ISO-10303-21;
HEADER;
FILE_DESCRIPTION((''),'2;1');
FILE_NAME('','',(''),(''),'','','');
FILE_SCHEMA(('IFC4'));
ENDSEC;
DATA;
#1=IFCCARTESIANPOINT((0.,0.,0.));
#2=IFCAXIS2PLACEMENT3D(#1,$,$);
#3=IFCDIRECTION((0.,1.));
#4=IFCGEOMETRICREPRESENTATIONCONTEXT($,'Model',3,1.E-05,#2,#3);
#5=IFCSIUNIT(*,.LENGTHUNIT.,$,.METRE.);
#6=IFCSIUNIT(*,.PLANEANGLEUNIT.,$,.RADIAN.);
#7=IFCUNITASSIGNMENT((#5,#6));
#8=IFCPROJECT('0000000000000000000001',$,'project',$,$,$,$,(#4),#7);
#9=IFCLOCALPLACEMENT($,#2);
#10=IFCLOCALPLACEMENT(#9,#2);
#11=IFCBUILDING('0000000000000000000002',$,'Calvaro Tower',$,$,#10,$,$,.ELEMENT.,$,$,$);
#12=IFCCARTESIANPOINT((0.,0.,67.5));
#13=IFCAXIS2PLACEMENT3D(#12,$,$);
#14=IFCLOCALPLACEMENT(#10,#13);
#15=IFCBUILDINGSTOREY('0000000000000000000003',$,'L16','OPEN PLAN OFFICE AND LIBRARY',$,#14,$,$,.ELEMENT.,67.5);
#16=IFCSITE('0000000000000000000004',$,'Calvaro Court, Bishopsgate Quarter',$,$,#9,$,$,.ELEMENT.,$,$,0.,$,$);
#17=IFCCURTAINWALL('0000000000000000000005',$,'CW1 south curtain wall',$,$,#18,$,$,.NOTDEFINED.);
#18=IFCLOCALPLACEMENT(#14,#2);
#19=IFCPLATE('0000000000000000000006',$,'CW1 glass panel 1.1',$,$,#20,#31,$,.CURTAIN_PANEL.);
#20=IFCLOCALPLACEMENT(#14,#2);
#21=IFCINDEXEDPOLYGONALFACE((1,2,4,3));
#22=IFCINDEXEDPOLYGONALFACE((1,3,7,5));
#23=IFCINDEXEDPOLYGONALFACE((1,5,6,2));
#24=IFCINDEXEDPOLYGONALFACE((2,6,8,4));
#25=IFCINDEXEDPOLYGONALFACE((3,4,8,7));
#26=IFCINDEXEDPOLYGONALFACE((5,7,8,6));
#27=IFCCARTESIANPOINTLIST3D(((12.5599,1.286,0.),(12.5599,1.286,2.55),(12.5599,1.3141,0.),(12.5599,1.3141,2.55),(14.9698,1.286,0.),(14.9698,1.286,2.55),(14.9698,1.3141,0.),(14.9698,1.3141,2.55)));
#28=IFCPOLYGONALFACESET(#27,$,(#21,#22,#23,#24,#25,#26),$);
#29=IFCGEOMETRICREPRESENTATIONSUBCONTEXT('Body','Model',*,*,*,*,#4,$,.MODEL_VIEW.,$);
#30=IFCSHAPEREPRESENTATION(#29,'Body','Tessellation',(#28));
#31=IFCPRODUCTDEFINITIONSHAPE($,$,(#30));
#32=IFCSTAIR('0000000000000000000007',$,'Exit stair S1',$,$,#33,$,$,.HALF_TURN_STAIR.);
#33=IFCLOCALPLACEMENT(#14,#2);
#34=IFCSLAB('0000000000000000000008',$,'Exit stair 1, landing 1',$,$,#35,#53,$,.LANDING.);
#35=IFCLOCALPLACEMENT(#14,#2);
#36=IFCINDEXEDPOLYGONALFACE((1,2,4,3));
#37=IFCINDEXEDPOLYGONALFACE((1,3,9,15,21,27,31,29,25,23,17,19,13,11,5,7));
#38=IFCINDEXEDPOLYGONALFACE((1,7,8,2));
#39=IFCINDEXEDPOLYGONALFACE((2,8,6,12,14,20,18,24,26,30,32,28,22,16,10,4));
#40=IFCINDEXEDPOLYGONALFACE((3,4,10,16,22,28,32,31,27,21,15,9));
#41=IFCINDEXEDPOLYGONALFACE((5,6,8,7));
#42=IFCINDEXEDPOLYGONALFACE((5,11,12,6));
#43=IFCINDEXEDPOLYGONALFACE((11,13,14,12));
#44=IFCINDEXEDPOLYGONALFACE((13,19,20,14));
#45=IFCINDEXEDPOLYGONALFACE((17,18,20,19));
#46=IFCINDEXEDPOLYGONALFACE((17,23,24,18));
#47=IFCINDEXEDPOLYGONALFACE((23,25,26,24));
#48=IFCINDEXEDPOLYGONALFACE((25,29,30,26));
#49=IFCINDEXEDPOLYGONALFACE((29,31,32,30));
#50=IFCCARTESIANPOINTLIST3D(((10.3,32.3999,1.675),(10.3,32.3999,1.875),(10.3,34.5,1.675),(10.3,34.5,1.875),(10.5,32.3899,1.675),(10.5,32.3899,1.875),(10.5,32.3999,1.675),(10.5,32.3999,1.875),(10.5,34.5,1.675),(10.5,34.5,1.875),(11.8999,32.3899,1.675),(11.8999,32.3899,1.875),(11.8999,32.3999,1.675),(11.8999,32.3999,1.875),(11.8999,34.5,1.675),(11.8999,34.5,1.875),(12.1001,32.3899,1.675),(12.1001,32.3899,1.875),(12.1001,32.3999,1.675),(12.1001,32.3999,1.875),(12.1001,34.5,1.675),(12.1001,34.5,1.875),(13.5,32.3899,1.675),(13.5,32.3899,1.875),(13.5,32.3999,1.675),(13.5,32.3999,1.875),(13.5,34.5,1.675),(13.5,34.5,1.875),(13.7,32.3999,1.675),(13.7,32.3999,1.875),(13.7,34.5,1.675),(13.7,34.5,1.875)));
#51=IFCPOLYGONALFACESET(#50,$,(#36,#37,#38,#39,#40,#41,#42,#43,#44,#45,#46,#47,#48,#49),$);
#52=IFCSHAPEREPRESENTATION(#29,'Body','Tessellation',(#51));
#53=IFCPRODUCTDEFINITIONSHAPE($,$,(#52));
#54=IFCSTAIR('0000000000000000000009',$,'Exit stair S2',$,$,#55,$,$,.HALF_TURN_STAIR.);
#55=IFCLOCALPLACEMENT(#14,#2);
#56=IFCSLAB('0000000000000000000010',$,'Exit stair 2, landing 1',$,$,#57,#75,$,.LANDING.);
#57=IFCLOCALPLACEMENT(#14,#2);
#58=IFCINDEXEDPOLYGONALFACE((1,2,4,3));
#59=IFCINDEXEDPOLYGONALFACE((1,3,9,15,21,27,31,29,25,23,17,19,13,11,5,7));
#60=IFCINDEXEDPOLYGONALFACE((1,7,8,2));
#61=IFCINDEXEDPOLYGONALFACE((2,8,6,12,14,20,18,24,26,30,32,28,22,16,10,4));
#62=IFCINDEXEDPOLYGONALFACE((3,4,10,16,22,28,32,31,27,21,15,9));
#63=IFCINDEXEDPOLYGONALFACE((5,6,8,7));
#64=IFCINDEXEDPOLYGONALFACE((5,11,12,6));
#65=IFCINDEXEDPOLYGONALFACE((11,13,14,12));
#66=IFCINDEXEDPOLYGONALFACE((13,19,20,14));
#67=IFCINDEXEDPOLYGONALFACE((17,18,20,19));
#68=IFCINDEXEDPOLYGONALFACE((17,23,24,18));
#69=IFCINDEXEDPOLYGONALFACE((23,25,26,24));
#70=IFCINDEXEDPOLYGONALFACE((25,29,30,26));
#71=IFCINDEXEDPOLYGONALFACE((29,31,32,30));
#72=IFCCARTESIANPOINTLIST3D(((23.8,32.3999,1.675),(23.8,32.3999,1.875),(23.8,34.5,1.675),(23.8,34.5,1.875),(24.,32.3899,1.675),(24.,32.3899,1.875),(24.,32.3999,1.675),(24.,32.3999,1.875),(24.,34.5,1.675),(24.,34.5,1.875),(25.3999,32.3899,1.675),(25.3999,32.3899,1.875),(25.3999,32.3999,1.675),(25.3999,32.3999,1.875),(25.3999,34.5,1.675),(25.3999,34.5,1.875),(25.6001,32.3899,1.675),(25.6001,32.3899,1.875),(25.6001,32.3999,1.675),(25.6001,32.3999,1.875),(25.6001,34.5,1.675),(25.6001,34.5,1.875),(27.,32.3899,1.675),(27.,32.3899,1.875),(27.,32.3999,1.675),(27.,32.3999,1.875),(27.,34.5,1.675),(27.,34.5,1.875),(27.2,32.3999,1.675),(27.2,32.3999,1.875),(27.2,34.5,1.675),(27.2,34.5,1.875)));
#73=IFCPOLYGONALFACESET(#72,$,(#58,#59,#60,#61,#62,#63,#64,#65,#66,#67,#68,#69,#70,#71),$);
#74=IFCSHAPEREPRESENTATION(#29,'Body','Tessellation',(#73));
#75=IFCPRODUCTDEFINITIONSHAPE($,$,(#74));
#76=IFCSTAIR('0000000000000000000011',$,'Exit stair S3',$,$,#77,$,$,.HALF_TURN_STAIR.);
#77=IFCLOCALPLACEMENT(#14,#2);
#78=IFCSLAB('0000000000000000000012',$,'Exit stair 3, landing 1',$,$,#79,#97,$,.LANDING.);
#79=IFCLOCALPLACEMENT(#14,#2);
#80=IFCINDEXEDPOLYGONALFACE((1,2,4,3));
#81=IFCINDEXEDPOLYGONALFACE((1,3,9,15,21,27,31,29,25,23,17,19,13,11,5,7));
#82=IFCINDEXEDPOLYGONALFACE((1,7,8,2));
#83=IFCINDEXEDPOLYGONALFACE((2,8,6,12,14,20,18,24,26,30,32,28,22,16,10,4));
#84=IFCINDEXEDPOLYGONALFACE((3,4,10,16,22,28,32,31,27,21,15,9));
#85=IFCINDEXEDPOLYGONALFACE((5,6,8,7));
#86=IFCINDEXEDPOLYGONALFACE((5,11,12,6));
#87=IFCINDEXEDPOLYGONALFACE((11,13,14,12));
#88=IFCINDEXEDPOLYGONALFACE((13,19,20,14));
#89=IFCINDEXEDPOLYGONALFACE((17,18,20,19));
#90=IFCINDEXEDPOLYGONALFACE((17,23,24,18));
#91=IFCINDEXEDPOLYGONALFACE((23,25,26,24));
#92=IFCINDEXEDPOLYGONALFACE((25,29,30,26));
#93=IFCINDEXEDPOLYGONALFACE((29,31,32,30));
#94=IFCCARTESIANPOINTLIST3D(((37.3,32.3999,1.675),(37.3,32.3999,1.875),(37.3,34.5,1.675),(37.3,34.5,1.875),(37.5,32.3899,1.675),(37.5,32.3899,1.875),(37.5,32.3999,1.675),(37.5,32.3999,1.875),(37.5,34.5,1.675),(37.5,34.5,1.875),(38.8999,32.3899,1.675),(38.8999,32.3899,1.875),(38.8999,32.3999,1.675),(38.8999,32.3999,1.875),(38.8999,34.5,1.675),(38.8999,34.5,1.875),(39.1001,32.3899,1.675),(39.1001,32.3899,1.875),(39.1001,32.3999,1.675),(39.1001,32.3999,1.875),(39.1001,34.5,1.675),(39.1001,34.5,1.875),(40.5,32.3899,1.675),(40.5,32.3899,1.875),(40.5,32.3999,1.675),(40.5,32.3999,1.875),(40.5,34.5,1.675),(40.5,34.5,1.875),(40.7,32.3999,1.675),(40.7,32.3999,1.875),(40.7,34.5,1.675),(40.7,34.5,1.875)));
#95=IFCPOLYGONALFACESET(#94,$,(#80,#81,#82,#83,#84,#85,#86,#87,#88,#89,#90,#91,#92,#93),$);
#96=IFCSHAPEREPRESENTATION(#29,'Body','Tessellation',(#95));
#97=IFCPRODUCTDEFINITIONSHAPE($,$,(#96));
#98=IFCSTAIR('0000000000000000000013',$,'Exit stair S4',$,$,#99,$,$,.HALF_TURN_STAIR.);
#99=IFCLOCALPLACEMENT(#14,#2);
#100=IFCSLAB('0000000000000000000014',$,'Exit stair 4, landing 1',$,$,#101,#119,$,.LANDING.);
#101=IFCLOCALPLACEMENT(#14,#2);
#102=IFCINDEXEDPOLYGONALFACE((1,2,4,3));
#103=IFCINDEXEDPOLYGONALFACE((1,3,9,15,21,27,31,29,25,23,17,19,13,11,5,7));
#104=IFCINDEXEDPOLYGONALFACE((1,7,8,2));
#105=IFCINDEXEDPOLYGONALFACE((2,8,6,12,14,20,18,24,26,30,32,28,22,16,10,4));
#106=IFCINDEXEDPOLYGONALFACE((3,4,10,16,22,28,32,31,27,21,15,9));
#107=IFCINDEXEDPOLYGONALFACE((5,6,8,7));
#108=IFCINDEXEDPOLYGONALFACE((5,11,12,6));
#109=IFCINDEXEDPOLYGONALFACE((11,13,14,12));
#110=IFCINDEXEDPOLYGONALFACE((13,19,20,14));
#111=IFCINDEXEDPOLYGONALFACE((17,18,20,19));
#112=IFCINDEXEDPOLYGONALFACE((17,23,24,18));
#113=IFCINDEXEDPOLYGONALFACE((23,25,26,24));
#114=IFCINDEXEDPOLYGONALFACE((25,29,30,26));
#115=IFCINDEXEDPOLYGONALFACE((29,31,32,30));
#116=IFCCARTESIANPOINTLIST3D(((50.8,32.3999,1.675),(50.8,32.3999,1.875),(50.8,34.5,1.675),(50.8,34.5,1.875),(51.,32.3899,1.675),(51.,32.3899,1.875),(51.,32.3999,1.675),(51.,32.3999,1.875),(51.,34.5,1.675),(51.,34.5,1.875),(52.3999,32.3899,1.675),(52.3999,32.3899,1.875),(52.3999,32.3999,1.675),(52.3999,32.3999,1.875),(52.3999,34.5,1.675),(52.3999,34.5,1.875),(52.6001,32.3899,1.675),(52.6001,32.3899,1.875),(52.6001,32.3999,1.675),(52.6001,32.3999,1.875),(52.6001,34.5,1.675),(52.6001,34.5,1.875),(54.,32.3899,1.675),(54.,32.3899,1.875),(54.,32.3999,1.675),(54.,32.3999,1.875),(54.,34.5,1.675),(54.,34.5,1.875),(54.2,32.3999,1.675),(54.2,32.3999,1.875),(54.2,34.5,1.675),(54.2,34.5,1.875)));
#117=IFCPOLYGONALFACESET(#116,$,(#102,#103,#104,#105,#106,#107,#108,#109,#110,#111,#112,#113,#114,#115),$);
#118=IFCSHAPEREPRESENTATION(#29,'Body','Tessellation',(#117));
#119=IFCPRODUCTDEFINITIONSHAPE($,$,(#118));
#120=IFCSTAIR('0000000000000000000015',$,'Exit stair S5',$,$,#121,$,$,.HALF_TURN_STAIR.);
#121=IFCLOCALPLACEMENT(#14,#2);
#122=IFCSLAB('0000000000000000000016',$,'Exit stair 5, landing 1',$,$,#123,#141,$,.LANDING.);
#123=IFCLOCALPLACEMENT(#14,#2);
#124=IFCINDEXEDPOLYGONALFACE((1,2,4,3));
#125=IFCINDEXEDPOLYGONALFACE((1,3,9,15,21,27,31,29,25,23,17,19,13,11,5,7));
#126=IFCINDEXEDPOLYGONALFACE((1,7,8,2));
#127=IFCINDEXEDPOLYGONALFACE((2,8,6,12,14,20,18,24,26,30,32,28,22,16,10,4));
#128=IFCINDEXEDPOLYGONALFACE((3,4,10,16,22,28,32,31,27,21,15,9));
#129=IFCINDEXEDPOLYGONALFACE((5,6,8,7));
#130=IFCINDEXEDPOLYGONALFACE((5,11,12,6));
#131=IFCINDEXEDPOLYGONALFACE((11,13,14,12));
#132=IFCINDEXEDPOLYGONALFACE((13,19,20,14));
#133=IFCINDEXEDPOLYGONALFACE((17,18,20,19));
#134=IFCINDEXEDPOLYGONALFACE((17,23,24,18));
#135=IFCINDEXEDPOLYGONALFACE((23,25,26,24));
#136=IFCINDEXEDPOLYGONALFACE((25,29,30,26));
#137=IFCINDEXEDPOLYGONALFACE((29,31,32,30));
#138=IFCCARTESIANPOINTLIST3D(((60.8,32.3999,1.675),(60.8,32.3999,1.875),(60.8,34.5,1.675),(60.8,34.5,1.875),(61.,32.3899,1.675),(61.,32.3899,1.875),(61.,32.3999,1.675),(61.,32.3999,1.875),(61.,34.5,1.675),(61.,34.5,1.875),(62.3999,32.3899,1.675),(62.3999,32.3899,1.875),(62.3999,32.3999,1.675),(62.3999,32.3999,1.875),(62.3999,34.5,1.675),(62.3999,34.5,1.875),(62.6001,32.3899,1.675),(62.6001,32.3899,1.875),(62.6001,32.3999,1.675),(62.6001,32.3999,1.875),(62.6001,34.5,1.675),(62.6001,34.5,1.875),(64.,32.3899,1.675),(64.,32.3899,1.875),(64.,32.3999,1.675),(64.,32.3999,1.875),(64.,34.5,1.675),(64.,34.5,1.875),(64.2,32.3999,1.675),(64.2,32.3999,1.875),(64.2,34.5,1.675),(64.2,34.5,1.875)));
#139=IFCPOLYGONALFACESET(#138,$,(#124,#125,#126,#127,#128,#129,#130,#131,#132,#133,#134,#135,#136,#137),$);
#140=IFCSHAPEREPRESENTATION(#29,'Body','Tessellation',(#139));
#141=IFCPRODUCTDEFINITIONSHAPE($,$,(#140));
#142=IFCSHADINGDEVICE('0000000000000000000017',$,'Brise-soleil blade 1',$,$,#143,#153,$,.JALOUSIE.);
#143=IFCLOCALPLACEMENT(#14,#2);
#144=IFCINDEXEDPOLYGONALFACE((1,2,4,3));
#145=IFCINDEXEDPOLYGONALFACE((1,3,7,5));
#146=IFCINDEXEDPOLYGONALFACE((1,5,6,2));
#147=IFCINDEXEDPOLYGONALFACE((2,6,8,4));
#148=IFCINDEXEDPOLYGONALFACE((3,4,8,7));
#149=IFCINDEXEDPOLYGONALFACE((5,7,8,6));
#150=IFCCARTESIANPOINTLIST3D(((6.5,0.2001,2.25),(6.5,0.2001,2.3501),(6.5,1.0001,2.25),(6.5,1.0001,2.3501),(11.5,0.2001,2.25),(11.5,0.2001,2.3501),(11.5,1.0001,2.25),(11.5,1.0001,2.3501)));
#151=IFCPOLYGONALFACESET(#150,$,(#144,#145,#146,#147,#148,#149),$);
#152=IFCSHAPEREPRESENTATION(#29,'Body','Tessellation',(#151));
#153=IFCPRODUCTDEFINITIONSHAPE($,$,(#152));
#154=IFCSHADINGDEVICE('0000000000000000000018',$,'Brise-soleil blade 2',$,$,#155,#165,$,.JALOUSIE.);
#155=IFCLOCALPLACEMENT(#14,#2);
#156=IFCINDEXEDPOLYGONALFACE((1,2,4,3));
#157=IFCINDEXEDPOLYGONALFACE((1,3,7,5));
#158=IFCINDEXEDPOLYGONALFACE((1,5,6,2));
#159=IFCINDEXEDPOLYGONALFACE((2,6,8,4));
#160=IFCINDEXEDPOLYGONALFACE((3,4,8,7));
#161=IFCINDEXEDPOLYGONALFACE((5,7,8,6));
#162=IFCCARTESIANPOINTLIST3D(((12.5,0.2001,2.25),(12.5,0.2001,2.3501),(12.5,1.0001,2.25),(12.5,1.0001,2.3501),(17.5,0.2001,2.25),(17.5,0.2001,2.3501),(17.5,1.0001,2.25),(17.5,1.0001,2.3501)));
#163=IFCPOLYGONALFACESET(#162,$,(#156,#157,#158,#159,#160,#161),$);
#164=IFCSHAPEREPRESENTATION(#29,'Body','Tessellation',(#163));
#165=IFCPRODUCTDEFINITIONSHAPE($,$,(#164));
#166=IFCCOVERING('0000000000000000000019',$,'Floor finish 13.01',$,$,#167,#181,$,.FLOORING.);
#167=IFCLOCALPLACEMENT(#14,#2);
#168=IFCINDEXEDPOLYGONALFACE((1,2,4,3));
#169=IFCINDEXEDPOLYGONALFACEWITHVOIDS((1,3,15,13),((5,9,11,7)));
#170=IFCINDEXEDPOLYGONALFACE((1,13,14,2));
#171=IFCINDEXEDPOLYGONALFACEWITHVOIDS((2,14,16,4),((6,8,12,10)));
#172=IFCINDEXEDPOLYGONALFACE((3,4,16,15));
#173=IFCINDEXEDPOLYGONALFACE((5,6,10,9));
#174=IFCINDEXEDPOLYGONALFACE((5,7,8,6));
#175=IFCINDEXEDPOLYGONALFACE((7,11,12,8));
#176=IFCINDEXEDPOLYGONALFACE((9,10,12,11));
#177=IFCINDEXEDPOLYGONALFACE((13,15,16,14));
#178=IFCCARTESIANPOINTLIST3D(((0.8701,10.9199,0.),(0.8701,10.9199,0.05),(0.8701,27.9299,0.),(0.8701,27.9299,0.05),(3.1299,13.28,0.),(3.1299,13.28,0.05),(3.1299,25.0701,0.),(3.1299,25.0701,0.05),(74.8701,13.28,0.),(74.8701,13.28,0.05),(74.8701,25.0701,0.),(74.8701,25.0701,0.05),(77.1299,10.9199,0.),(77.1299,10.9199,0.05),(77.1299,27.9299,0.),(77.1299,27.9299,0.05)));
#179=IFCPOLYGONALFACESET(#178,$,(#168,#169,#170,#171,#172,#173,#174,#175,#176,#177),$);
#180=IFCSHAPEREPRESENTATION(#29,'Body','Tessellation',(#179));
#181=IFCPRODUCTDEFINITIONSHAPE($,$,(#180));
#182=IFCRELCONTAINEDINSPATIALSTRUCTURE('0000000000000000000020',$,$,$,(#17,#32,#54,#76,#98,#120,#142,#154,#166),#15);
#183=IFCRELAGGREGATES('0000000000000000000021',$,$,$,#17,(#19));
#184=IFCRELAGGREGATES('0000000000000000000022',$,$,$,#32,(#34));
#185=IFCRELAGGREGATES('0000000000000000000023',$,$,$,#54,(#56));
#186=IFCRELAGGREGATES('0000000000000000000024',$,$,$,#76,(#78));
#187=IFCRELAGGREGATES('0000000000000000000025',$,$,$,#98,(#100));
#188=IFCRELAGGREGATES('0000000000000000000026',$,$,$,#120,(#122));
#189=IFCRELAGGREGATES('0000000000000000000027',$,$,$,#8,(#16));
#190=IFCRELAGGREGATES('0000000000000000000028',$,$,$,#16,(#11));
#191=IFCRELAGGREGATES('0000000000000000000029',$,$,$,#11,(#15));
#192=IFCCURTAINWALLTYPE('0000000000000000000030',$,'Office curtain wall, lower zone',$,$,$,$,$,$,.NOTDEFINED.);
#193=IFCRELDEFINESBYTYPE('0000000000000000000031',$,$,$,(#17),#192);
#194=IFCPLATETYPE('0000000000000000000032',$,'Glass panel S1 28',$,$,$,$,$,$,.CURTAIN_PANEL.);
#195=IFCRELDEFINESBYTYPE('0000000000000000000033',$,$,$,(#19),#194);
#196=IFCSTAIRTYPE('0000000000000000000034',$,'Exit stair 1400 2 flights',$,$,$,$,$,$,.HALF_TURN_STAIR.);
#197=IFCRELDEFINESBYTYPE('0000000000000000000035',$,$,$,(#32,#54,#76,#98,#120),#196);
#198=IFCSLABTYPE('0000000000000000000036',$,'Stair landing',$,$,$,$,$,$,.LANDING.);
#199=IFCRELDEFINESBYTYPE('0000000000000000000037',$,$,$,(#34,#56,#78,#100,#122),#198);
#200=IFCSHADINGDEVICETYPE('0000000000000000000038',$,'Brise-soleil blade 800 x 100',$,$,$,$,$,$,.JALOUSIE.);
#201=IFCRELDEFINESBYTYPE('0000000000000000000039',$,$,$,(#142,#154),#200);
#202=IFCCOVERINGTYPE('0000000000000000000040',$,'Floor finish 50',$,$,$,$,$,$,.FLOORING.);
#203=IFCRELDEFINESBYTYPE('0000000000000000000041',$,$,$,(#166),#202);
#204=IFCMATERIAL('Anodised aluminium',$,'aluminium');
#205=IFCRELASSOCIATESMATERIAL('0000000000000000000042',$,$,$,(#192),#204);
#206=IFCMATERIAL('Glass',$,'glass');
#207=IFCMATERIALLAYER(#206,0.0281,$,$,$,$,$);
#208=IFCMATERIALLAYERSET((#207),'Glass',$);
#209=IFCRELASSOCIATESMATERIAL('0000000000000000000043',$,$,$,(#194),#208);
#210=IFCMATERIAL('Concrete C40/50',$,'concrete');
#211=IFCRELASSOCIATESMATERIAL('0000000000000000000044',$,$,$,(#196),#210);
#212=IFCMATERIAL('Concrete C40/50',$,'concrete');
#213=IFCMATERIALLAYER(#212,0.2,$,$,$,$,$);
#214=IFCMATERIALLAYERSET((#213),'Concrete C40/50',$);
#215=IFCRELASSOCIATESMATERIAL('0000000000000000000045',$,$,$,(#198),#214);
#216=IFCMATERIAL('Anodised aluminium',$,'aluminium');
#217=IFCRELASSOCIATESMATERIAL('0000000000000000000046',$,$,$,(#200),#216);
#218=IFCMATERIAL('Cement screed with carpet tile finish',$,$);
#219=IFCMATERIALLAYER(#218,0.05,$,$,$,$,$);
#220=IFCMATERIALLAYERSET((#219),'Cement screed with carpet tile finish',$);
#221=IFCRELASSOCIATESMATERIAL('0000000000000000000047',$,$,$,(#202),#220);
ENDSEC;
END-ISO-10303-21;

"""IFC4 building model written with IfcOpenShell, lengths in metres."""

from ifc_helpers import new_model, si_unit, direction, frame, origin, origin_2d, place, context, subcontext, project, spatial, polyline, rectangle, outline, extrude, material, layer, layer_set, material_profile, profile_set, type_object, element, aggregate, save


model = new_model("IFC4")

# Units and contexts
model_context = context("Model", 3, precision=1e-05, world=origin(), true_north=direction((0.0, 1.0)))
body_context = subcontext(model_context, "Body", "Model", "MODEL_VIEW")
ifc_project = project(units=[si_unit("LENGTHUNIT", "METRE"), si_unit("PLANEANGLEUNIT", "RADIAN")], contexts=[model_context])

# Site, building, storey
site_placement = place(None, origin())
site = spatial("IfcSite", under=ifc_project, at=site_placement, Name="Calvaro Court, Bishopsgate Quarter", CompositionType="ELEMENT", RefElevation=0.0)
building_placement = place(site_placement, origin())
building = spatial("IfcBuilding", under=site, at=building_placement, Name="Calvaro Tower", CompositionType="ELEMENT")
storey_placement = place(building_placement, frame((0.0, 0.0, 67.5)))
storey = spatial("IfcBuildingStorey", under=building, at=storey_placement, Name="L16", Description="OPEN PLAN OFFICE AND LIBRARY", CompositionType="ELEMENT", Elevation=67.5)

# Shared definitions
ifc_material_1 = material(Name="Anodised aluminium", Category="aluminium")
curtain_wall_type = type_object("IfcCurtainWallType", Name="Office curtain wall, lower zone", PredefinedType="NOTDEFINED", material=ifc_material_1)

# Curtain wall
curtain_wall_1_placement = place(storey_placement, origin())
curtain_wall_1 = element("IfcCurtainWall", 1, at=curtain_wall_1_placement, inside=storey, type_object=curtain_wall_type, Name="CW1 south curtain wall", PredefinedType="NOTDEFINED")

# Plate
ifc_material_2 = material(Name="Glass", Category="glass")
ifc_layer_1 = layer(ifc_material_2, 0.0281)
ifc_layer_set_1 = layer_set([ifc_layer_1], Name="Glass")
plate_type = type_object("IfcPlateType", Name="Glass panel S1 28", PredefinedType="CURTAIN_PANEL", material=ifc_layer_set_1)
plate_1_placement = place(storey_placement, frame((13.7649, 1.3, 0.0), z_axis=(0.0, 0.0, 1.0), x_axis=(1.0, 0.0, 0.0)))
plate_1 = element("IfcPlate", 2, at=plate_1_placement, type_object=plate_type, Name="CW1 glass panel 1.1", PredefinedType="CURTAIN_PANEL", context=body_context, shape_type="SweptSolid", body=[
    extrude(rectangle(XDim=2.4099, YDim=0.0281, at=origin_2d()), origin(), (0.0, 0.0, 1.0), 2.55),
])
aggregate(curtain_wall_1, [plate_1])

# Stairs, slabs
ifc_material_3 = material(Name="Concrete C40/50", Category="concrete")
stair_type = type_object("IfcStairType", Name="Exit stair 1400 2 flights", PredefinedType="HALF_TURN_STAIR", material=ifc_material_3)
stair_1_placement = place(storey_placement, origin())
stair_1 = element("IfcStair", 3, at=stair_1_placement, inside=storey, type_object=stair_type, Name="Exit stair S1", PredefinedType="HALF_TURN_STAIR")
ifc_material_4 = material(Name="Concrete C40/50", Category="concrete")
ifc_layer_2 = layer(ifc_material_4, 0.2)
ifc_layer_set_2 = layer_set([ifc_layer_2], Name="Concrete C40/50")
slab_type_1 = type_object("IfcSlabType", Name="Stair landing", PredefinedType="LANDING", material=ifc_layer_set_2)
slab_1_placement = place(storey_placement, frame((0.0, 0.0, 1.675)))
slab_1 = element("IfcSlab", 4, at=slab_1_placement, type_object=slab_type_1, Name="Exit stair 1, landing 1", PredefinedType="LANDING", context=body_context, shape_type="SweptSolid", body=[
    extrude(outline(polyline([(11.8999, 32.3899), (10.5, 32.3899), (10.5, 32.3999), (10.3, 32.3999), (10.3, 34.5), (10.5, 34.5), (11.8999, 34.5), (12.1001, 34.5), (13.5, 34.5), (13.7, 34.5), (13.7, 32.3999), (13.5, 32.3999), (13.5, 32.3899), (12.1001, 32.3899), (12.1001, 32.3999), (11.8999, 32.3999), (11.8999, 32.3899)])), origin(), (0.0, 0.0, 1.0), 0.2),
])
aggregate(stair_1, [slab_1])
stair_2_placement = place(storey_placement, origin())
stair_2 = element("IfcStair", 5, at=stair_2_placement, inside=storey, type_object=stair_type, Name="Exit stair S2", PredefinedType="HALF_TURN_STAIR")
slab_2_placement = place(storey_placement, frame((0.0, 0.0, 1.675)))
slab_2 = element("IfcSlab", 6, at=slab_2_placement, type_object=slab_type_1, Name="Exit stair 2, landing 1", PredefinedType="LANDING", context=body_context, shape_type="SweptSolid", body=[
    extrude(outline(polyline([(25.3999, 32.3899), (24.0, 32.3899), (24.0, 32.3999), (23.8, 32.3999), (23.8, 34.5), (24.0, 34.5), (25.3999, 34.5), (25.6001, 34.5), (27.0, 34.5), (27.2, 34.5), (27.2, 32.3999), (27.0, 32.3999), (27.0, 32.3899), (25.6001, 32.3899), (25.6001, 32.3999), (25.3999, 32.3999), (25.3999, 32.3899)])), origin(), (0.0, 0.0, 1.0), 0.2),
])
aggregate(stair_2, [slab_2])
stair_3_placement = place(storey_placement, origin())
stair_3 = element("IfcStair", 7, at=stair_3_placement, inside=storey, type_object=stair_type, Name="Exit stair S3", PredefinedType="HALF_TURN_STAIR")
slab_3_placement = place(storey_placement, frame((0.0, 0.0, 1.675)))
slab_3 = element("IfcSlab", 8, at=slab_3_placement, type_object=slab_type_1, Name="Exit stair 3, landing 1", PredefinedType="LANDING", context=body_context, shape_type="SweptSolid", body=[
    extrude(outline(polyline([(38.8999, 32.3899), (37.5, 32.3899), (37.5, 32.3999), (37.3, 32.3999), (37.3, 34.5), (37.5, 34.5), (38.8999, 34.5), (39.1001, 34.5), (40.5, 34.5), (40.7, 34.5), (40.7, 32.3999), (40.5, 32.3999), (40.5, 32.3899), (39.1001, 32.3899), (39.1001, 32.3999), (38.8999, 32.3999), (38.8999, 32.3899)])), origin(), (0.0, 0.0, 1.0), 0.2),
])
aggregate(stair_3, [slab_3])
stair_4_placement = place(storey_placement, origin())
stair_4 = element("IfcStair", 9, at=stair_4_placement, inside=storey, type_object=stair_type, Name="Exit stair S4", PredefinedType="HALF_TURN_STAIR")
slab_4_placement = place(storey_placement, frame((0.0, 0.0, 1.675)))
slab_4 = element("IfcSlab", 10, at=slab_4_placement, type_object=slab_type_1, Name="Exit stair 4, landing 1", PredefinedType="LANDING", context=body_context, shape_type="SweptSolid", body=[
    extrude(outline(polyline([(52.3999, 32.3899), (51.0, 32.3899), (51.0, 32.3999), (50.8, 32.3999), (50.8, 34.5), (51.0, 34.5), (52.3999, 34.5), (52.6001, 34.5), (54.0, 34.5), (54.2, 34.5), (54.2, 32.3999), (54.0, 32.3999), (54.0, 32.3899), (52.6001, 32.3899), (52.6001, 32.3999), (52.3999, 32.3999), (52.3999, 32.3899)])), origin(), (0.0, 0.0, 1.0), 0.2),
])
aggregate(stair_4, [slab_4])
stair_5_placement = place(storey_placement, origin())
stair_5 = element("IfcStair", 11, at=stair_5_placement, inside=storey, type_object=stair_type, Name="Exit stair S5", PredefinedType="HALF_TURN_STAIR")
slab_5_placement = place(storey_placement, frame((0.0, 0.0, 1.675)))
slab_5 = element("IfcSlab", 12, at=slab_5_placement, type_object=slab_type_1, Name="Exit stair 5, landing 1", PredefinedType="LANDING", context=body_context, shape_type="SweptSolid", body=[
    extrude(outline(polyline([(62.3999, 32.3899), (61.0, 32.3899), (61.0, 32.3999), (60.8, 32.3999), (60.8, 34.5), (61.0, 34.5), (62.3999, 34.5), (62.6001, 34.5), (64.0, 34.5), (64.2, 34.5), (64.2, 32.3999), (64.0, 32.3999), (64.0, 32.3899), (62.6001, 32.3899), (62.6001, 32.3999), (62.3999, 32.3999), (62.3999, 32.3899)])), origin(), (0.0, 0.0, 1.0), 0.2),
])
aggregate(stair_5, [slab_5])

# Shading devices
ifc_material_5 = material(Name="Anodised aluminium", Category="aluminium")
ifc_material_profile_1 = material_profile(ifc_material_5, rectangle(XDim=0.8, YDim=0.1001, at=origin_2d()), Name="Brise-soleil blade 800 x 100")
ifc_profile_set_1 = profile_set([ifc_material_profile_1], Name="Anodised aluminium")
shading_device_type = type_object("IfcShadingDeviceType", Name="Brise-soleil blade 800 x 100", PredefinedType="JALOUSIE", material=ifc_profile_set_1)
for number, where, z_axis, x_axis, name in (
    (13, (6.5, 0.6001, 2.3), (1.0, 0.0, 0.0), (0.0, 1.0, 0.0), "Brise-soleil blade 1"),
    (14, (12.5, 0.6001, 2.3), (1.0, 0.0, 0.0), (0.0, 1.0, 0.0), "Brise-soleil blade 2"),
):
    element("IfcShadingDevice", number, at=place(storey_placement, frame(where, z_axis=z_axis, x_axis=x_axis)), inside=storey, type_object=shading_device_type, Name=name, PredefinedType="JALOUSIE", context=body_context, shape_type="SweptSolid", body=[
        extrude(rectangle(XDim=0.8, YDim=0.1001, at=origin_2d()), origin(), (0.0, 0.0, 1.0), 5.0),
    ])

# Covering
ifc_material_6 = material(Name="Cement screed with carpet tile finish")
ifc_layer_3 = layer(ifc_material_6, 0.05)
ifc_layer_set_3 = layer_set([ifc_layer_3], Name="Cement screed with carpet tile finish")
covering_type = type_object("IfcCoveringType", Name="Floor finish 50", PredefinedType="FLOORING", material=ifc_layer_set_3)
covering_1_placement = place(storey_placement, origin())
element("IfcCovering", 15, at=covering_1_placement, inside=storey, type_object=covering_type, Name="Floor finish 13.01", PredefinedType="FLOORING", context=body_context, shape_type="SweptSolid", body=[
    extrude(outline(polyline([(0.8701, 10.9199), (0.8701, 27.9299), (77.1299, 27.9299), (77.1299, 10.9199), (0.8701, 10.9199)]), holes=[polyline([(74.8701, 13.28), (74.8701, 25.0701), (3.1299, 25.0701), (3.1299, 13.28), (74.8701, 13.28)])]), origin(), (0.0, 0.0, 1.0), 0.05),
])

save(model, "model.ifc")
